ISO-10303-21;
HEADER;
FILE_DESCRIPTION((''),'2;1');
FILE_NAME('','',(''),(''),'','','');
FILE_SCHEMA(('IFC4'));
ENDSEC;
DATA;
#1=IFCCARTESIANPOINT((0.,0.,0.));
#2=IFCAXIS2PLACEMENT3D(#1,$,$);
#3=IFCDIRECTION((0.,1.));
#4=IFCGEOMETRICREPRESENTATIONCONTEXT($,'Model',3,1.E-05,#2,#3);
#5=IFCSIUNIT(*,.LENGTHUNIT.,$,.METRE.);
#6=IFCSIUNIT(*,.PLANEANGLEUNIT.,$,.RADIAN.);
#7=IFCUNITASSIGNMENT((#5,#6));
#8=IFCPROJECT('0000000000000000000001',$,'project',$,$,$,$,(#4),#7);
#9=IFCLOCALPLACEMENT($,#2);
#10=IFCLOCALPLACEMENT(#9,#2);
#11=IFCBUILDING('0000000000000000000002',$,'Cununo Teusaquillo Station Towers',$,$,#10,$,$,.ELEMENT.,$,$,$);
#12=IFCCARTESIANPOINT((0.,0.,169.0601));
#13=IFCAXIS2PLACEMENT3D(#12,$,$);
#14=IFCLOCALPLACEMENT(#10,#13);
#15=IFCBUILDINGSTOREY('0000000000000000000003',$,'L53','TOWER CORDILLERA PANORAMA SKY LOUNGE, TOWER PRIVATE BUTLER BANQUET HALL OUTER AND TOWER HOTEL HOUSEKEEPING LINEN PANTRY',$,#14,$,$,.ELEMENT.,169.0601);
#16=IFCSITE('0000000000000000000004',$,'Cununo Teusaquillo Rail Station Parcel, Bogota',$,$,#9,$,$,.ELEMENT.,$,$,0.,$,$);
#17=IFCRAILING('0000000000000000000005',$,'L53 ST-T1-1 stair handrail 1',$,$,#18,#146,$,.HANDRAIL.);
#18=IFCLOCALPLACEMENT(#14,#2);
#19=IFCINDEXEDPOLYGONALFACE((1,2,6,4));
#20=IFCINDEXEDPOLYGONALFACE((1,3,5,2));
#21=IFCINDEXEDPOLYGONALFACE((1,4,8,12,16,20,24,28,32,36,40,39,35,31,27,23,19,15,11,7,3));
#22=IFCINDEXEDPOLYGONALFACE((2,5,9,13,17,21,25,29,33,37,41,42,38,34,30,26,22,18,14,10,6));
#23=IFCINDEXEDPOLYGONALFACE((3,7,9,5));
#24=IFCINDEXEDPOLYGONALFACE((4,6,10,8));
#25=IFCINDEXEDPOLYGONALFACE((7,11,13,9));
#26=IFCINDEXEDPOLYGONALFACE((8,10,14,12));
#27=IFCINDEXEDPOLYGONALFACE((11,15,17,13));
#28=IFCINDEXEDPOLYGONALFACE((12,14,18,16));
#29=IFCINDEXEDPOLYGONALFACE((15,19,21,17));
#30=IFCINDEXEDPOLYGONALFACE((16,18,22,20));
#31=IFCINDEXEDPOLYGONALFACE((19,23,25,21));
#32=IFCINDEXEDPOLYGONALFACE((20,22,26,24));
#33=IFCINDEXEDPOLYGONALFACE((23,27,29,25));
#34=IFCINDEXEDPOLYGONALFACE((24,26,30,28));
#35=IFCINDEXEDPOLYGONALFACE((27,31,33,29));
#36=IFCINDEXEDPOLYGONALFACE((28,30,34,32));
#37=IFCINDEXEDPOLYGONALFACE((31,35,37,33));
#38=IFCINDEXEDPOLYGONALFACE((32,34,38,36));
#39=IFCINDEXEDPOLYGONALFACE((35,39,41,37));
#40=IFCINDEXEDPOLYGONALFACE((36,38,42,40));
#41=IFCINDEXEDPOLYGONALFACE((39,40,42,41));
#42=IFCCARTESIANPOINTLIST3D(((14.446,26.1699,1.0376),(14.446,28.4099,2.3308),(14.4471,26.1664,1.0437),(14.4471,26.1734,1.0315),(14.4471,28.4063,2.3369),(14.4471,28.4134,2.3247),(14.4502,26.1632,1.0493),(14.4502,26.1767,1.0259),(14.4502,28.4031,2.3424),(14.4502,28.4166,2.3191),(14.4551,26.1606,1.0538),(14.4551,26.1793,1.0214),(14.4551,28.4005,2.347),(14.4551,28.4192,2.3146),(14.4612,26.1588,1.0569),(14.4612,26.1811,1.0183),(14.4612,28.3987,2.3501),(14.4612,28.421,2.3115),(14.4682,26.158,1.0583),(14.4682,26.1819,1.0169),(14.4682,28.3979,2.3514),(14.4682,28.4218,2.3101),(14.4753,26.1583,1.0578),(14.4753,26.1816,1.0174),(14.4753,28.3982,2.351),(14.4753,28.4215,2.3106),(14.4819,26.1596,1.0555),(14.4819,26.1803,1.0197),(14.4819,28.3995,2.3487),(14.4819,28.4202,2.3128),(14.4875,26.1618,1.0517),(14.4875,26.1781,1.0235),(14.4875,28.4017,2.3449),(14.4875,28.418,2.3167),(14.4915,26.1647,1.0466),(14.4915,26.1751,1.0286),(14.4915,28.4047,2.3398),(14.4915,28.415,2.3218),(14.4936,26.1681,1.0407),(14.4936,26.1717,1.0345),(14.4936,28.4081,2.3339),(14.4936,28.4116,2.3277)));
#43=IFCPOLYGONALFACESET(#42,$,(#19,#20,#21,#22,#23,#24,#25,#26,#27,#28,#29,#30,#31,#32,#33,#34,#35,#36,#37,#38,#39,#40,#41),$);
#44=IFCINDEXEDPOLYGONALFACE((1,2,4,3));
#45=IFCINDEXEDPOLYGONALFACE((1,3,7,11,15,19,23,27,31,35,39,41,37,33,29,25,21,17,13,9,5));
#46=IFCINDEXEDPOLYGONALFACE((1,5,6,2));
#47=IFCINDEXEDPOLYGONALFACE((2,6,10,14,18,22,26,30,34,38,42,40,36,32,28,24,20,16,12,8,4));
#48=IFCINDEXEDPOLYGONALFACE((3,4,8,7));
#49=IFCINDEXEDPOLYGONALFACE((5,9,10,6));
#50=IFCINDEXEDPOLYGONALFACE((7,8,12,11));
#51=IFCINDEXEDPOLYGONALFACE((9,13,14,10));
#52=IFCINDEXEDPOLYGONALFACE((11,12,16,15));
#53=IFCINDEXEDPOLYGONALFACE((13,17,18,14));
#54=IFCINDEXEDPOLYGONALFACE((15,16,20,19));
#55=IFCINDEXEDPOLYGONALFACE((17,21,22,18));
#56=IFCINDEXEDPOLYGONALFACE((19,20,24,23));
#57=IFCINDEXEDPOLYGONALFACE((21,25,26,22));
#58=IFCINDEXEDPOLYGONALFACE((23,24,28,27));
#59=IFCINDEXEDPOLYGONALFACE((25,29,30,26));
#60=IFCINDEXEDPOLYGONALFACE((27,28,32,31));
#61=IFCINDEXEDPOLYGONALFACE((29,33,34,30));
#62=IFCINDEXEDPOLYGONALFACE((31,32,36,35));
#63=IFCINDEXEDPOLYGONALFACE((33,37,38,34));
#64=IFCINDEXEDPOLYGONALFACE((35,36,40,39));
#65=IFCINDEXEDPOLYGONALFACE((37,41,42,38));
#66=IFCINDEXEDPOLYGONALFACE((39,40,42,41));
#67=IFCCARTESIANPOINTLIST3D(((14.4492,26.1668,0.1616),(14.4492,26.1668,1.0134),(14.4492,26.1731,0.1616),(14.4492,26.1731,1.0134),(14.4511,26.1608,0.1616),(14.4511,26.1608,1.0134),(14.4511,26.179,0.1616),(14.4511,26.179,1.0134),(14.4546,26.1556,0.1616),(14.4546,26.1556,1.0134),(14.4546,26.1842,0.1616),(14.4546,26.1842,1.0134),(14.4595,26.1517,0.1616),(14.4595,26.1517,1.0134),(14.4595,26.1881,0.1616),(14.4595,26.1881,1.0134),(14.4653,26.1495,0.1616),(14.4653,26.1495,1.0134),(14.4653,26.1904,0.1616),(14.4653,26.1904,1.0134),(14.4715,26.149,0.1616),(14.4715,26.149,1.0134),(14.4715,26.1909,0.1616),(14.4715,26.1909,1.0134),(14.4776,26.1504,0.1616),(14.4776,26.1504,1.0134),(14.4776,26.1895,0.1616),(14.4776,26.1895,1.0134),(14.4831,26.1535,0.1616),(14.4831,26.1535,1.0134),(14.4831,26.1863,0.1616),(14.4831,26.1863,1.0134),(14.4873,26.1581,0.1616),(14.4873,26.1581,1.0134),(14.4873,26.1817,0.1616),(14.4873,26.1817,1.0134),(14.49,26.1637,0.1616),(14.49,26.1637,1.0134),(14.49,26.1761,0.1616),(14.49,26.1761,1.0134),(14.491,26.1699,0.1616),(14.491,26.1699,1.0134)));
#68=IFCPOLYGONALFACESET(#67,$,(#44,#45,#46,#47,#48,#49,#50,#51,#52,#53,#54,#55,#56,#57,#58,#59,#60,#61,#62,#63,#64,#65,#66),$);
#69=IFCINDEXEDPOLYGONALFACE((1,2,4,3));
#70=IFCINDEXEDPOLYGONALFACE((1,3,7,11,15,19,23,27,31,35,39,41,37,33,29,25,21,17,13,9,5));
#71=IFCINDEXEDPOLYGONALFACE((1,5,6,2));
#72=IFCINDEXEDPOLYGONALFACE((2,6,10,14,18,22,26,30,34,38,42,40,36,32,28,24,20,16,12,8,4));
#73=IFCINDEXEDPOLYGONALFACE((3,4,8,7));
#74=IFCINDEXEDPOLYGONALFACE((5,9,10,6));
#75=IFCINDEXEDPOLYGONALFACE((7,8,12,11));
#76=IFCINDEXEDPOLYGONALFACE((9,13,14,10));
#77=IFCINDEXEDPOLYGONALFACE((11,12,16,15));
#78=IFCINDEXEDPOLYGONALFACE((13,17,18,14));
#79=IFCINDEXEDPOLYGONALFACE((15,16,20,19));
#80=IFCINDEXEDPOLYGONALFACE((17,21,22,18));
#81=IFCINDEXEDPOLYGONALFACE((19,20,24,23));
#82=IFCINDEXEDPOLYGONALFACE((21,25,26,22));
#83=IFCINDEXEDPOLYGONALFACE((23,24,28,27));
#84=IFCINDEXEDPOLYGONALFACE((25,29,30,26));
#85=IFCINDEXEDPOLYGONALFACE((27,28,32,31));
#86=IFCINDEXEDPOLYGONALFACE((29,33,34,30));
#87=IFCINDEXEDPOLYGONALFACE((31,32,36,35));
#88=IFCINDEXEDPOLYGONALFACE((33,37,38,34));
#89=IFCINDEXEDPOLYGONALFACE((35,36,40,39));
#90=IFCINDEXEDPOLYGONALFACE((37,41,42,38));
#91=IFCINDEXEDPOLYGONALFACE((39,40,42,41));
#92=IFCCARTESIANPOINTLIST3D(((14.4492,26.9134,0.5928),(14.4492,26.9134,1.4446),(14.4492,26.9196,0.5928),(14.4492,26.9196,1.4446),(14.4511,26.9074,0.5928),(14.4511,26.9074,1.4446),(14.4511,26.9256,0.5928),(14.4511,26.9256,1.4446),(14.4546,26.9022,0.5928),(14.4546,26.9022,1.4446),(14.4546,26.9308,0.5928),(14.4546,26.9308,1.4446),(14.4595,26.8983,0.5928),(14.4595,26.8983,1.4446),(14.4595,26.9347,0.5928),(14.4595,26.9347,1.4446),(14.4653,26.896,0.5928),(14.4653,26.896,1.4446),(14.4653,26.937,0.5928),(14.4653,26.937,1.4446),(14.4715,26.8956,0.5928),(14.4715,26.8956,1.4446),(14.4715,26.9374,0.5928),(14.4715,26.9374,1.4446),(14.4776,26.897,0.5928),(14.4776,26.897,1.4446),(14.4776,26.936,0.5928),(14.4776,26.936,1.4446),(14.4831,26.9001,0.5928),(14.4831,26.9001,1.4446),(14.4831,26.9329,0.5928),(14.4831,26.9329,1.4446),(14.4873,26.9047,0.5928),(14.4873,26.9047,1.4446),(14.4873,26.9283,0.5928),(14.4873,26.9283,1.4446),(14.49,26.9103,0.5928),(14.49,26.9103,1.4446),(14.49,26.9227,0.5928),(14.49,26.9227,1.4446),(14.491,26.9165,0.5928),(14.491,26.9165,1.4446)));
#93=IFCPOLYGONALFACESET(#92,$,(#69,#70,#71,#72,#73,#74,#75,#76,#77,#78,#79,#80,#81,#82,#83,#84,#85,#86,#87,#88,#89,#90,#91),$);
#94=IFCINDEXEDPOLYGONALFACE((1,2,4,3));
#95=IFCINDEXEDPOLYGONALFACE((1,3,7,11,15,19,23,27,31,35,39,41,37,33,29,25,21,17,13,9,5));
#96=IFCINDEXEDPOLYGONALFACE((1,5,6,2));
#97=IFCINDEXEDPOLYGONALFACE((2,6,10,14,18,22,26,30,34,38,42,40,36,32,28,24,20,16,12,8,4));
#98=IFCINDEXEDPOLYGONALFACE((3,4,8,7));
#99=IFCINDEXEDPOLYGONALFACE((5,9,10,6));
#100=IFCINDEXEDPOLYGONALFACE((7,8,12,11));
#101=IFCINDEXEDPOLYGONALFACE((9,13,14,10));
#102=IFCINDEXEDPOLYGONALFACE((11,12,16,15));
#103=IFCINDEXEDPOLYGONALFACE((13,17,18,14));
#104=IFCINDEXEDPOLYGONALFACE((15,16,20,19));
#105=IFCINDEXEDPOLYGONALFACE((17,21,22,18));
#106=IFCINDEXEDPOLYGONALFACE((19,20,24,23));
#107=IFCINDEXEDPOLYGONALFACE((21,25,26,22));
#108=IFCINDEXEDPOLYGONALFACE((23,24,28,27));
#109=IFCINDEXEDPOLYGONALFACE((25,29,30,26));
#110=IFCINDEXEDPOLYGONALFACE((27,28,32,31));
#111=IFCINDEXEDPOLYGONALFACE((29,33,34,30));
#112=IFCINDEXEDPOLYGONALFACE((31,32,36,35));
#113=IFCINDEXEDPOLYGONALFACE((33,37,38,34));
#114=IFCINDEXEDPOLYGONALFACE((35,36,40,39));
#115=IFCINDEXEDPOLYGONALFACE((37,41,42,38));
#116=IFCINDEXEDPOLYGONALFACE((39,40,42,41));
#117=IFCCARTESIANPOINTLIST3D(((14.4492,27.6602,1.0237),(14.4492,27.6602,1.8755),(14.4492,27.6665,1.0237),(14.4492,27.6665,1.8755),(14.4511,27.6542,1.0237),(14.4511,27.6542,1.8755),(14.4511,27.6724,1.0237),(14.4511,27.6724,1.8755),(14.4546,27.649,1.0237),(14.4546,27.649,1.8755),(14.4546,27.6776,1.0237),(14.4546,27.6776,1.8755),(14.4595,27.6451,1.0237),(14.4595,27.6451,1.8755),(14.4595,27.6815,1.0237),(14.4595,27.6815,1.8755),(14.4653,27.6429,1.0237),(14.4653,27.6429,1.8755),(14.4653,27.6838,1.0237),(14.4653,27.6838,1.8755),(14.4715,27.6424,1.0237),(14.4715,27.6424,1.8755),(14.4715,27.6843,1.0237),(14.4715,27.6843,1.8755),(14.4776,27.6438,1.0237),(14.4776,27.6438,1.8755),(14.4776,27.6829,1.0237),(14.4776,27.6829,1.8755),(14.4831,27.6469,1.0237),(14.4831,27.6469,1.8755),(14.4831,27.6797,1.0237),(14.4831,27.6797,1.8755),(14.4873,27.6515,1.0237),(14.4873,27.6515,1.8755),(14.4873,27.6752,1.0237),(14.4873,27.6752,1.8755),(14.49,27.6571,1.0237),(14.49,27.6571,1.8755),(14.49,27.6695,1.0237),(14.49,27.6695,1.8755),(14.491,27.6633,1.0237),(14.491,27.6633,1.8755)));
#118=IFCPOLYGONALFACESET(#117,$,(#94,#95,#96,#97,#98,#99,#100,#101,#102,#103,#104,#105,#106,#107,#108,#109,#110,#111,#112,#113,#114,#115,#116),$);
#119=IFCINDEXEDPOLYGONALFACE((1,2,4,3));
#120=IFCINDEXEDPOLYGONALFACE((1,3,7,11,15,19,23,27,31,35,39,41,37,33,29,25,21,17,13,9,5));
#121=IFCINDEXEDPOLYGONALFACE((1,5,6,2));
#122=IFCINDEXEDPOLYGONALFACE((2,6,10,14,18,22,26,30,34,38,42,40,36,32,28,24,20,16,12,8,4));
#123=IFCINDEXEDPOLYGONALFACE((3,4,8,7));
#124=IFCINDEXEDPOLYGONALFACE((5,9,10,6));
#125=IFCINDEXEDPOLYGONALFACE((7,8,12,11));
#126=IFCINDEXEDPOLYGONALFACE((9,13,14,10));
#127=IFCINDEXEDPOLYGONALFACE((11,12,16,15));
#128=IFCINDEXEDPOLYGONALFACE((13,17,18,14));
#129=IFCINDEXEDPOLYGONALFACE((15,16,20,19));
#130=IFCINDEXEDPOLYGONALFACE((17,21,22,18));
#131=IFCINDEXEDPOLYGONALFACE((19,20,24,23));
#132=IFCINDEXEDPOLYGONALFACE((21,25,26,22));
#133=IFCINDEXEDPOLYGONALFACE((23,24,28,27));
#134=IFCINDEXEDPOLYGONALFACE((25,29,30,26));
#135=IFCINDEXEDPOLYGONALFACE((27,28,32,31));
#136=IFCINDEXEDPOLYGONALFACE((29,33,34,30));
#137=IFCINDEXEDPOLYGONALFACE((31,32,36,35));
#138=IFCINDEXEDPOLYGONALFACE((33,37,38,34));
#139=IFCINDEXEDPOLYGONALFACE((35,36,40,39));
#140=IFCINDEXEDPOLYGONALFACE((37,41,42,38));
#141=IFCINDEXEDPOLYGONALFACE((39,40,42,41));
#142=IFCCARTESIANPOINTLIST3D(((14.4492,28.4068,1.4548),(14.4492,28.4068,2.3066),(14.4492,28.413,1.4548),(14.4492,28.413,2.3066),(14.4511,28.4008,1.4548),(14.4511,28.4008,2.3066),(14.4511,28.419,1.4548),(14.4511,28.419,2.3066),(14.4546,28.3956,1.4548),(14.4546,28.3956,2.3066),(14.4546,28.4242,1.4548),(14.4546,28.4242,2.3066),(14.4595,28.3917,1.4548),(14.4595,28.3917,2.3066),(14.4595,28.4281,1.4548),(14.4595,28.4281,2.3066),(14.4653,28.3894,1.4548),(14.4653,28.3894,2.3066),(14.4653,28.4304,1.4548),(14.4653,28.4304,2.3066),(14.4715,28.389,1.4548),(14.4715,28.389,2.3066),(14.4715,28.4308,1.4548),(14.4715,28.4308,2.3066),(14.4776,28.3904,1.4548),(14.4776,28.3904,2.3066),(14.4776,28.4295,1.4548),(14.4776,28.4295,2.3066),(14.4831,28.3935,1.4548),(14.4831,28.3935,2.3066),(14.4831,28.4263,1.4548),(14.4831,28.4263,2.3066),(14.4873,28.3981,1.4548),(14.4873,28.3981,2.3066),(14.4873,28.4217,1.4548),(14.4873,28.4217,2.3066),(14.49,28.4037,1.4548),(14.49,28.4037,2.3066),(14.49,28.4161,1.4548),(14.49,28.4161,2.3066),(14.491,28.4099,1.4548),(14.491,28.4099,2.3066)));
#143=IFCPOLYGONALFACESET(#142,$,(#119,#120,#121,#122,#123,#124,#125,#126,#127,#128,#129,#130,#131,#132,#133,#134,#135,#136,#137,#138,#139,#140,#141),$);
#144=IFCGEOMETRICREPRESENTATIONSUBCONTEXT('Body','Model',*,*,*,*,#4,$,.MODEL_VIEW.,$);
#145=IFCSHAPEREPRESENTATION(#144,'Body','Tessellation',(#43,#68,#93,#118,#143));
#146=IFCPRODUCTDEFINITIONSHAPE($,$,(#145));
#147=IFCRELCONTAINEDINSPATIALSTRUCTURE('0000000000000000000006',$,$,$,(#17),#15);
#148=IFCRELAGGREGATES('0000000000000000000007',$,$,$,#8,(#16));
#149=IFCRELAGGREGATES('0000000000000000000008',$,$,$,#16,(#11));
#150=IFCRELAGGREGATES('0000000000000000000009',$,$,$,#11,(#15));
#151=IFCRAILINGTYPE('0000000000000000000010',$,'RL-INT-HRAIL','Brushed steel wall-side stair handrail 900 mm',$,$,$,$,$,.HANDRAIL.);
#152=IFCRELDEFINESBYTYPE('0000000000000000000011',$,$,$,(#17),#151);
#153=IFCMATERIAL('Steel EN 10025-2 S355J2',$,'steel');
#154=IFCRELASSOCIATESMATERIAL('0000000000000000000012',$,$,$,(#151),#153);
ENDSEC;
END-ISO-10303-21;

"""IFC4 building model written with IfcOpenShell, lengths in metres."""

from ifc_helpers import new_model, si_unit, direction, frame, origin, origin_2d, place, context, subcontext, project, spatial, circle, extrude, material, type_object, element, save


model = new_model("IFC4")

# Units and contexts
model_context = context("Model", 3, precision=1e-05, world=origin(), true_north=direction((0.0, 1.0)))
body_context = subcontext(model_context, "Body", "Model", "MODEL_VIEW")
ifc_project = project(units=[si_unit("LENGTHUNIT", "METRE"), si_unit("PLANEANGLEUNIT", "RADIAN")], contexts=[model_context])

# Site, building, storey
site_placement = place(None, origin())
site = spatial("IfcSite", under=ifc_project, at=site_placement, Name="Cununo Teusaquillo Rail Station Parcel, Bogota", CompositionType="ELEMENT", RefElevation=0.0)
building_placement = place(site_placement, origin())
building = spatial("IfcBuilding", under=site, at=building_placement, Name="Cununo Teusaquillo Station Towers", CompositionType="ELEMENT")
storey_placement = place(building_placement, frame((0.0, 0.0, 169.0601)))
storey = spatial("IfcBuildingStorey", under=building, at=storey_placement, Name="L53", Description="TOWER CORDILLERA PANORAMA SKY LOUNGE, TOWER PRIVATE BUTLER BANQUET HALL OUTER AND TOWER HOTEL HOUSEKEEPING LINEN PANTRY", CompositionType="ELEMENT", Elevation=169.0601)

# Railing
ifc_material_1 = material(Name="Steel EN 10025-2 S355J2", Category="steel")
railing_type_1 = type_object("IfcRailingType", Name="RL-INT-HRAIL", Description="Brushed steel wall-side stair handrail 900 mm", PredefinedType="HANDRAIL", material=ifc_material_1)
railing_1_placement = place(storey_placement, frame((14.47, 26.1699, 0.1616)))
element("IfcRailing", 1, at=railing_1_placement, inside=storey, type_object=railing_type_1, Name="L53 ST-T1-1 stair handrail 1", PredefinedType="HANDRAIL", context=body_context, shape_type="SweptSolid", body=[
    extrude(circle(Radius=0.0239, at=origin_2d()), frame((0.0, 0.0, 0.876), z_axis=(0.0, 0.866033, 0.499987), x_axis=(-1.0, 0.0, 0.0)), (0.0, 0.0, 1.0), 2.5864),
    extrude(circle(Radius=0.021, at=origin_2d()), origin(), (0.0, 0.0, 1.0), 0.8518),
    extrude(circle(Radius=0.021, at=origin_2d()), frame((0.0, 0.7466, 0.4312)), (0.0, 0.0, 1.0), 0.8518),
    extrude(circle(Radius=0.021, at=origin_2d()), frame((0.0, 1.4934, 0.8621)), (0.0, 0.0, 1.0), 0.8518),
    extrude(circle(Radius=0.021, at=origin_2d()), frame((0.0, 2.24, 1.2932)), (0.0, 0.0, 1.0), 0.8518),
])

save(model, "model.ifc")
